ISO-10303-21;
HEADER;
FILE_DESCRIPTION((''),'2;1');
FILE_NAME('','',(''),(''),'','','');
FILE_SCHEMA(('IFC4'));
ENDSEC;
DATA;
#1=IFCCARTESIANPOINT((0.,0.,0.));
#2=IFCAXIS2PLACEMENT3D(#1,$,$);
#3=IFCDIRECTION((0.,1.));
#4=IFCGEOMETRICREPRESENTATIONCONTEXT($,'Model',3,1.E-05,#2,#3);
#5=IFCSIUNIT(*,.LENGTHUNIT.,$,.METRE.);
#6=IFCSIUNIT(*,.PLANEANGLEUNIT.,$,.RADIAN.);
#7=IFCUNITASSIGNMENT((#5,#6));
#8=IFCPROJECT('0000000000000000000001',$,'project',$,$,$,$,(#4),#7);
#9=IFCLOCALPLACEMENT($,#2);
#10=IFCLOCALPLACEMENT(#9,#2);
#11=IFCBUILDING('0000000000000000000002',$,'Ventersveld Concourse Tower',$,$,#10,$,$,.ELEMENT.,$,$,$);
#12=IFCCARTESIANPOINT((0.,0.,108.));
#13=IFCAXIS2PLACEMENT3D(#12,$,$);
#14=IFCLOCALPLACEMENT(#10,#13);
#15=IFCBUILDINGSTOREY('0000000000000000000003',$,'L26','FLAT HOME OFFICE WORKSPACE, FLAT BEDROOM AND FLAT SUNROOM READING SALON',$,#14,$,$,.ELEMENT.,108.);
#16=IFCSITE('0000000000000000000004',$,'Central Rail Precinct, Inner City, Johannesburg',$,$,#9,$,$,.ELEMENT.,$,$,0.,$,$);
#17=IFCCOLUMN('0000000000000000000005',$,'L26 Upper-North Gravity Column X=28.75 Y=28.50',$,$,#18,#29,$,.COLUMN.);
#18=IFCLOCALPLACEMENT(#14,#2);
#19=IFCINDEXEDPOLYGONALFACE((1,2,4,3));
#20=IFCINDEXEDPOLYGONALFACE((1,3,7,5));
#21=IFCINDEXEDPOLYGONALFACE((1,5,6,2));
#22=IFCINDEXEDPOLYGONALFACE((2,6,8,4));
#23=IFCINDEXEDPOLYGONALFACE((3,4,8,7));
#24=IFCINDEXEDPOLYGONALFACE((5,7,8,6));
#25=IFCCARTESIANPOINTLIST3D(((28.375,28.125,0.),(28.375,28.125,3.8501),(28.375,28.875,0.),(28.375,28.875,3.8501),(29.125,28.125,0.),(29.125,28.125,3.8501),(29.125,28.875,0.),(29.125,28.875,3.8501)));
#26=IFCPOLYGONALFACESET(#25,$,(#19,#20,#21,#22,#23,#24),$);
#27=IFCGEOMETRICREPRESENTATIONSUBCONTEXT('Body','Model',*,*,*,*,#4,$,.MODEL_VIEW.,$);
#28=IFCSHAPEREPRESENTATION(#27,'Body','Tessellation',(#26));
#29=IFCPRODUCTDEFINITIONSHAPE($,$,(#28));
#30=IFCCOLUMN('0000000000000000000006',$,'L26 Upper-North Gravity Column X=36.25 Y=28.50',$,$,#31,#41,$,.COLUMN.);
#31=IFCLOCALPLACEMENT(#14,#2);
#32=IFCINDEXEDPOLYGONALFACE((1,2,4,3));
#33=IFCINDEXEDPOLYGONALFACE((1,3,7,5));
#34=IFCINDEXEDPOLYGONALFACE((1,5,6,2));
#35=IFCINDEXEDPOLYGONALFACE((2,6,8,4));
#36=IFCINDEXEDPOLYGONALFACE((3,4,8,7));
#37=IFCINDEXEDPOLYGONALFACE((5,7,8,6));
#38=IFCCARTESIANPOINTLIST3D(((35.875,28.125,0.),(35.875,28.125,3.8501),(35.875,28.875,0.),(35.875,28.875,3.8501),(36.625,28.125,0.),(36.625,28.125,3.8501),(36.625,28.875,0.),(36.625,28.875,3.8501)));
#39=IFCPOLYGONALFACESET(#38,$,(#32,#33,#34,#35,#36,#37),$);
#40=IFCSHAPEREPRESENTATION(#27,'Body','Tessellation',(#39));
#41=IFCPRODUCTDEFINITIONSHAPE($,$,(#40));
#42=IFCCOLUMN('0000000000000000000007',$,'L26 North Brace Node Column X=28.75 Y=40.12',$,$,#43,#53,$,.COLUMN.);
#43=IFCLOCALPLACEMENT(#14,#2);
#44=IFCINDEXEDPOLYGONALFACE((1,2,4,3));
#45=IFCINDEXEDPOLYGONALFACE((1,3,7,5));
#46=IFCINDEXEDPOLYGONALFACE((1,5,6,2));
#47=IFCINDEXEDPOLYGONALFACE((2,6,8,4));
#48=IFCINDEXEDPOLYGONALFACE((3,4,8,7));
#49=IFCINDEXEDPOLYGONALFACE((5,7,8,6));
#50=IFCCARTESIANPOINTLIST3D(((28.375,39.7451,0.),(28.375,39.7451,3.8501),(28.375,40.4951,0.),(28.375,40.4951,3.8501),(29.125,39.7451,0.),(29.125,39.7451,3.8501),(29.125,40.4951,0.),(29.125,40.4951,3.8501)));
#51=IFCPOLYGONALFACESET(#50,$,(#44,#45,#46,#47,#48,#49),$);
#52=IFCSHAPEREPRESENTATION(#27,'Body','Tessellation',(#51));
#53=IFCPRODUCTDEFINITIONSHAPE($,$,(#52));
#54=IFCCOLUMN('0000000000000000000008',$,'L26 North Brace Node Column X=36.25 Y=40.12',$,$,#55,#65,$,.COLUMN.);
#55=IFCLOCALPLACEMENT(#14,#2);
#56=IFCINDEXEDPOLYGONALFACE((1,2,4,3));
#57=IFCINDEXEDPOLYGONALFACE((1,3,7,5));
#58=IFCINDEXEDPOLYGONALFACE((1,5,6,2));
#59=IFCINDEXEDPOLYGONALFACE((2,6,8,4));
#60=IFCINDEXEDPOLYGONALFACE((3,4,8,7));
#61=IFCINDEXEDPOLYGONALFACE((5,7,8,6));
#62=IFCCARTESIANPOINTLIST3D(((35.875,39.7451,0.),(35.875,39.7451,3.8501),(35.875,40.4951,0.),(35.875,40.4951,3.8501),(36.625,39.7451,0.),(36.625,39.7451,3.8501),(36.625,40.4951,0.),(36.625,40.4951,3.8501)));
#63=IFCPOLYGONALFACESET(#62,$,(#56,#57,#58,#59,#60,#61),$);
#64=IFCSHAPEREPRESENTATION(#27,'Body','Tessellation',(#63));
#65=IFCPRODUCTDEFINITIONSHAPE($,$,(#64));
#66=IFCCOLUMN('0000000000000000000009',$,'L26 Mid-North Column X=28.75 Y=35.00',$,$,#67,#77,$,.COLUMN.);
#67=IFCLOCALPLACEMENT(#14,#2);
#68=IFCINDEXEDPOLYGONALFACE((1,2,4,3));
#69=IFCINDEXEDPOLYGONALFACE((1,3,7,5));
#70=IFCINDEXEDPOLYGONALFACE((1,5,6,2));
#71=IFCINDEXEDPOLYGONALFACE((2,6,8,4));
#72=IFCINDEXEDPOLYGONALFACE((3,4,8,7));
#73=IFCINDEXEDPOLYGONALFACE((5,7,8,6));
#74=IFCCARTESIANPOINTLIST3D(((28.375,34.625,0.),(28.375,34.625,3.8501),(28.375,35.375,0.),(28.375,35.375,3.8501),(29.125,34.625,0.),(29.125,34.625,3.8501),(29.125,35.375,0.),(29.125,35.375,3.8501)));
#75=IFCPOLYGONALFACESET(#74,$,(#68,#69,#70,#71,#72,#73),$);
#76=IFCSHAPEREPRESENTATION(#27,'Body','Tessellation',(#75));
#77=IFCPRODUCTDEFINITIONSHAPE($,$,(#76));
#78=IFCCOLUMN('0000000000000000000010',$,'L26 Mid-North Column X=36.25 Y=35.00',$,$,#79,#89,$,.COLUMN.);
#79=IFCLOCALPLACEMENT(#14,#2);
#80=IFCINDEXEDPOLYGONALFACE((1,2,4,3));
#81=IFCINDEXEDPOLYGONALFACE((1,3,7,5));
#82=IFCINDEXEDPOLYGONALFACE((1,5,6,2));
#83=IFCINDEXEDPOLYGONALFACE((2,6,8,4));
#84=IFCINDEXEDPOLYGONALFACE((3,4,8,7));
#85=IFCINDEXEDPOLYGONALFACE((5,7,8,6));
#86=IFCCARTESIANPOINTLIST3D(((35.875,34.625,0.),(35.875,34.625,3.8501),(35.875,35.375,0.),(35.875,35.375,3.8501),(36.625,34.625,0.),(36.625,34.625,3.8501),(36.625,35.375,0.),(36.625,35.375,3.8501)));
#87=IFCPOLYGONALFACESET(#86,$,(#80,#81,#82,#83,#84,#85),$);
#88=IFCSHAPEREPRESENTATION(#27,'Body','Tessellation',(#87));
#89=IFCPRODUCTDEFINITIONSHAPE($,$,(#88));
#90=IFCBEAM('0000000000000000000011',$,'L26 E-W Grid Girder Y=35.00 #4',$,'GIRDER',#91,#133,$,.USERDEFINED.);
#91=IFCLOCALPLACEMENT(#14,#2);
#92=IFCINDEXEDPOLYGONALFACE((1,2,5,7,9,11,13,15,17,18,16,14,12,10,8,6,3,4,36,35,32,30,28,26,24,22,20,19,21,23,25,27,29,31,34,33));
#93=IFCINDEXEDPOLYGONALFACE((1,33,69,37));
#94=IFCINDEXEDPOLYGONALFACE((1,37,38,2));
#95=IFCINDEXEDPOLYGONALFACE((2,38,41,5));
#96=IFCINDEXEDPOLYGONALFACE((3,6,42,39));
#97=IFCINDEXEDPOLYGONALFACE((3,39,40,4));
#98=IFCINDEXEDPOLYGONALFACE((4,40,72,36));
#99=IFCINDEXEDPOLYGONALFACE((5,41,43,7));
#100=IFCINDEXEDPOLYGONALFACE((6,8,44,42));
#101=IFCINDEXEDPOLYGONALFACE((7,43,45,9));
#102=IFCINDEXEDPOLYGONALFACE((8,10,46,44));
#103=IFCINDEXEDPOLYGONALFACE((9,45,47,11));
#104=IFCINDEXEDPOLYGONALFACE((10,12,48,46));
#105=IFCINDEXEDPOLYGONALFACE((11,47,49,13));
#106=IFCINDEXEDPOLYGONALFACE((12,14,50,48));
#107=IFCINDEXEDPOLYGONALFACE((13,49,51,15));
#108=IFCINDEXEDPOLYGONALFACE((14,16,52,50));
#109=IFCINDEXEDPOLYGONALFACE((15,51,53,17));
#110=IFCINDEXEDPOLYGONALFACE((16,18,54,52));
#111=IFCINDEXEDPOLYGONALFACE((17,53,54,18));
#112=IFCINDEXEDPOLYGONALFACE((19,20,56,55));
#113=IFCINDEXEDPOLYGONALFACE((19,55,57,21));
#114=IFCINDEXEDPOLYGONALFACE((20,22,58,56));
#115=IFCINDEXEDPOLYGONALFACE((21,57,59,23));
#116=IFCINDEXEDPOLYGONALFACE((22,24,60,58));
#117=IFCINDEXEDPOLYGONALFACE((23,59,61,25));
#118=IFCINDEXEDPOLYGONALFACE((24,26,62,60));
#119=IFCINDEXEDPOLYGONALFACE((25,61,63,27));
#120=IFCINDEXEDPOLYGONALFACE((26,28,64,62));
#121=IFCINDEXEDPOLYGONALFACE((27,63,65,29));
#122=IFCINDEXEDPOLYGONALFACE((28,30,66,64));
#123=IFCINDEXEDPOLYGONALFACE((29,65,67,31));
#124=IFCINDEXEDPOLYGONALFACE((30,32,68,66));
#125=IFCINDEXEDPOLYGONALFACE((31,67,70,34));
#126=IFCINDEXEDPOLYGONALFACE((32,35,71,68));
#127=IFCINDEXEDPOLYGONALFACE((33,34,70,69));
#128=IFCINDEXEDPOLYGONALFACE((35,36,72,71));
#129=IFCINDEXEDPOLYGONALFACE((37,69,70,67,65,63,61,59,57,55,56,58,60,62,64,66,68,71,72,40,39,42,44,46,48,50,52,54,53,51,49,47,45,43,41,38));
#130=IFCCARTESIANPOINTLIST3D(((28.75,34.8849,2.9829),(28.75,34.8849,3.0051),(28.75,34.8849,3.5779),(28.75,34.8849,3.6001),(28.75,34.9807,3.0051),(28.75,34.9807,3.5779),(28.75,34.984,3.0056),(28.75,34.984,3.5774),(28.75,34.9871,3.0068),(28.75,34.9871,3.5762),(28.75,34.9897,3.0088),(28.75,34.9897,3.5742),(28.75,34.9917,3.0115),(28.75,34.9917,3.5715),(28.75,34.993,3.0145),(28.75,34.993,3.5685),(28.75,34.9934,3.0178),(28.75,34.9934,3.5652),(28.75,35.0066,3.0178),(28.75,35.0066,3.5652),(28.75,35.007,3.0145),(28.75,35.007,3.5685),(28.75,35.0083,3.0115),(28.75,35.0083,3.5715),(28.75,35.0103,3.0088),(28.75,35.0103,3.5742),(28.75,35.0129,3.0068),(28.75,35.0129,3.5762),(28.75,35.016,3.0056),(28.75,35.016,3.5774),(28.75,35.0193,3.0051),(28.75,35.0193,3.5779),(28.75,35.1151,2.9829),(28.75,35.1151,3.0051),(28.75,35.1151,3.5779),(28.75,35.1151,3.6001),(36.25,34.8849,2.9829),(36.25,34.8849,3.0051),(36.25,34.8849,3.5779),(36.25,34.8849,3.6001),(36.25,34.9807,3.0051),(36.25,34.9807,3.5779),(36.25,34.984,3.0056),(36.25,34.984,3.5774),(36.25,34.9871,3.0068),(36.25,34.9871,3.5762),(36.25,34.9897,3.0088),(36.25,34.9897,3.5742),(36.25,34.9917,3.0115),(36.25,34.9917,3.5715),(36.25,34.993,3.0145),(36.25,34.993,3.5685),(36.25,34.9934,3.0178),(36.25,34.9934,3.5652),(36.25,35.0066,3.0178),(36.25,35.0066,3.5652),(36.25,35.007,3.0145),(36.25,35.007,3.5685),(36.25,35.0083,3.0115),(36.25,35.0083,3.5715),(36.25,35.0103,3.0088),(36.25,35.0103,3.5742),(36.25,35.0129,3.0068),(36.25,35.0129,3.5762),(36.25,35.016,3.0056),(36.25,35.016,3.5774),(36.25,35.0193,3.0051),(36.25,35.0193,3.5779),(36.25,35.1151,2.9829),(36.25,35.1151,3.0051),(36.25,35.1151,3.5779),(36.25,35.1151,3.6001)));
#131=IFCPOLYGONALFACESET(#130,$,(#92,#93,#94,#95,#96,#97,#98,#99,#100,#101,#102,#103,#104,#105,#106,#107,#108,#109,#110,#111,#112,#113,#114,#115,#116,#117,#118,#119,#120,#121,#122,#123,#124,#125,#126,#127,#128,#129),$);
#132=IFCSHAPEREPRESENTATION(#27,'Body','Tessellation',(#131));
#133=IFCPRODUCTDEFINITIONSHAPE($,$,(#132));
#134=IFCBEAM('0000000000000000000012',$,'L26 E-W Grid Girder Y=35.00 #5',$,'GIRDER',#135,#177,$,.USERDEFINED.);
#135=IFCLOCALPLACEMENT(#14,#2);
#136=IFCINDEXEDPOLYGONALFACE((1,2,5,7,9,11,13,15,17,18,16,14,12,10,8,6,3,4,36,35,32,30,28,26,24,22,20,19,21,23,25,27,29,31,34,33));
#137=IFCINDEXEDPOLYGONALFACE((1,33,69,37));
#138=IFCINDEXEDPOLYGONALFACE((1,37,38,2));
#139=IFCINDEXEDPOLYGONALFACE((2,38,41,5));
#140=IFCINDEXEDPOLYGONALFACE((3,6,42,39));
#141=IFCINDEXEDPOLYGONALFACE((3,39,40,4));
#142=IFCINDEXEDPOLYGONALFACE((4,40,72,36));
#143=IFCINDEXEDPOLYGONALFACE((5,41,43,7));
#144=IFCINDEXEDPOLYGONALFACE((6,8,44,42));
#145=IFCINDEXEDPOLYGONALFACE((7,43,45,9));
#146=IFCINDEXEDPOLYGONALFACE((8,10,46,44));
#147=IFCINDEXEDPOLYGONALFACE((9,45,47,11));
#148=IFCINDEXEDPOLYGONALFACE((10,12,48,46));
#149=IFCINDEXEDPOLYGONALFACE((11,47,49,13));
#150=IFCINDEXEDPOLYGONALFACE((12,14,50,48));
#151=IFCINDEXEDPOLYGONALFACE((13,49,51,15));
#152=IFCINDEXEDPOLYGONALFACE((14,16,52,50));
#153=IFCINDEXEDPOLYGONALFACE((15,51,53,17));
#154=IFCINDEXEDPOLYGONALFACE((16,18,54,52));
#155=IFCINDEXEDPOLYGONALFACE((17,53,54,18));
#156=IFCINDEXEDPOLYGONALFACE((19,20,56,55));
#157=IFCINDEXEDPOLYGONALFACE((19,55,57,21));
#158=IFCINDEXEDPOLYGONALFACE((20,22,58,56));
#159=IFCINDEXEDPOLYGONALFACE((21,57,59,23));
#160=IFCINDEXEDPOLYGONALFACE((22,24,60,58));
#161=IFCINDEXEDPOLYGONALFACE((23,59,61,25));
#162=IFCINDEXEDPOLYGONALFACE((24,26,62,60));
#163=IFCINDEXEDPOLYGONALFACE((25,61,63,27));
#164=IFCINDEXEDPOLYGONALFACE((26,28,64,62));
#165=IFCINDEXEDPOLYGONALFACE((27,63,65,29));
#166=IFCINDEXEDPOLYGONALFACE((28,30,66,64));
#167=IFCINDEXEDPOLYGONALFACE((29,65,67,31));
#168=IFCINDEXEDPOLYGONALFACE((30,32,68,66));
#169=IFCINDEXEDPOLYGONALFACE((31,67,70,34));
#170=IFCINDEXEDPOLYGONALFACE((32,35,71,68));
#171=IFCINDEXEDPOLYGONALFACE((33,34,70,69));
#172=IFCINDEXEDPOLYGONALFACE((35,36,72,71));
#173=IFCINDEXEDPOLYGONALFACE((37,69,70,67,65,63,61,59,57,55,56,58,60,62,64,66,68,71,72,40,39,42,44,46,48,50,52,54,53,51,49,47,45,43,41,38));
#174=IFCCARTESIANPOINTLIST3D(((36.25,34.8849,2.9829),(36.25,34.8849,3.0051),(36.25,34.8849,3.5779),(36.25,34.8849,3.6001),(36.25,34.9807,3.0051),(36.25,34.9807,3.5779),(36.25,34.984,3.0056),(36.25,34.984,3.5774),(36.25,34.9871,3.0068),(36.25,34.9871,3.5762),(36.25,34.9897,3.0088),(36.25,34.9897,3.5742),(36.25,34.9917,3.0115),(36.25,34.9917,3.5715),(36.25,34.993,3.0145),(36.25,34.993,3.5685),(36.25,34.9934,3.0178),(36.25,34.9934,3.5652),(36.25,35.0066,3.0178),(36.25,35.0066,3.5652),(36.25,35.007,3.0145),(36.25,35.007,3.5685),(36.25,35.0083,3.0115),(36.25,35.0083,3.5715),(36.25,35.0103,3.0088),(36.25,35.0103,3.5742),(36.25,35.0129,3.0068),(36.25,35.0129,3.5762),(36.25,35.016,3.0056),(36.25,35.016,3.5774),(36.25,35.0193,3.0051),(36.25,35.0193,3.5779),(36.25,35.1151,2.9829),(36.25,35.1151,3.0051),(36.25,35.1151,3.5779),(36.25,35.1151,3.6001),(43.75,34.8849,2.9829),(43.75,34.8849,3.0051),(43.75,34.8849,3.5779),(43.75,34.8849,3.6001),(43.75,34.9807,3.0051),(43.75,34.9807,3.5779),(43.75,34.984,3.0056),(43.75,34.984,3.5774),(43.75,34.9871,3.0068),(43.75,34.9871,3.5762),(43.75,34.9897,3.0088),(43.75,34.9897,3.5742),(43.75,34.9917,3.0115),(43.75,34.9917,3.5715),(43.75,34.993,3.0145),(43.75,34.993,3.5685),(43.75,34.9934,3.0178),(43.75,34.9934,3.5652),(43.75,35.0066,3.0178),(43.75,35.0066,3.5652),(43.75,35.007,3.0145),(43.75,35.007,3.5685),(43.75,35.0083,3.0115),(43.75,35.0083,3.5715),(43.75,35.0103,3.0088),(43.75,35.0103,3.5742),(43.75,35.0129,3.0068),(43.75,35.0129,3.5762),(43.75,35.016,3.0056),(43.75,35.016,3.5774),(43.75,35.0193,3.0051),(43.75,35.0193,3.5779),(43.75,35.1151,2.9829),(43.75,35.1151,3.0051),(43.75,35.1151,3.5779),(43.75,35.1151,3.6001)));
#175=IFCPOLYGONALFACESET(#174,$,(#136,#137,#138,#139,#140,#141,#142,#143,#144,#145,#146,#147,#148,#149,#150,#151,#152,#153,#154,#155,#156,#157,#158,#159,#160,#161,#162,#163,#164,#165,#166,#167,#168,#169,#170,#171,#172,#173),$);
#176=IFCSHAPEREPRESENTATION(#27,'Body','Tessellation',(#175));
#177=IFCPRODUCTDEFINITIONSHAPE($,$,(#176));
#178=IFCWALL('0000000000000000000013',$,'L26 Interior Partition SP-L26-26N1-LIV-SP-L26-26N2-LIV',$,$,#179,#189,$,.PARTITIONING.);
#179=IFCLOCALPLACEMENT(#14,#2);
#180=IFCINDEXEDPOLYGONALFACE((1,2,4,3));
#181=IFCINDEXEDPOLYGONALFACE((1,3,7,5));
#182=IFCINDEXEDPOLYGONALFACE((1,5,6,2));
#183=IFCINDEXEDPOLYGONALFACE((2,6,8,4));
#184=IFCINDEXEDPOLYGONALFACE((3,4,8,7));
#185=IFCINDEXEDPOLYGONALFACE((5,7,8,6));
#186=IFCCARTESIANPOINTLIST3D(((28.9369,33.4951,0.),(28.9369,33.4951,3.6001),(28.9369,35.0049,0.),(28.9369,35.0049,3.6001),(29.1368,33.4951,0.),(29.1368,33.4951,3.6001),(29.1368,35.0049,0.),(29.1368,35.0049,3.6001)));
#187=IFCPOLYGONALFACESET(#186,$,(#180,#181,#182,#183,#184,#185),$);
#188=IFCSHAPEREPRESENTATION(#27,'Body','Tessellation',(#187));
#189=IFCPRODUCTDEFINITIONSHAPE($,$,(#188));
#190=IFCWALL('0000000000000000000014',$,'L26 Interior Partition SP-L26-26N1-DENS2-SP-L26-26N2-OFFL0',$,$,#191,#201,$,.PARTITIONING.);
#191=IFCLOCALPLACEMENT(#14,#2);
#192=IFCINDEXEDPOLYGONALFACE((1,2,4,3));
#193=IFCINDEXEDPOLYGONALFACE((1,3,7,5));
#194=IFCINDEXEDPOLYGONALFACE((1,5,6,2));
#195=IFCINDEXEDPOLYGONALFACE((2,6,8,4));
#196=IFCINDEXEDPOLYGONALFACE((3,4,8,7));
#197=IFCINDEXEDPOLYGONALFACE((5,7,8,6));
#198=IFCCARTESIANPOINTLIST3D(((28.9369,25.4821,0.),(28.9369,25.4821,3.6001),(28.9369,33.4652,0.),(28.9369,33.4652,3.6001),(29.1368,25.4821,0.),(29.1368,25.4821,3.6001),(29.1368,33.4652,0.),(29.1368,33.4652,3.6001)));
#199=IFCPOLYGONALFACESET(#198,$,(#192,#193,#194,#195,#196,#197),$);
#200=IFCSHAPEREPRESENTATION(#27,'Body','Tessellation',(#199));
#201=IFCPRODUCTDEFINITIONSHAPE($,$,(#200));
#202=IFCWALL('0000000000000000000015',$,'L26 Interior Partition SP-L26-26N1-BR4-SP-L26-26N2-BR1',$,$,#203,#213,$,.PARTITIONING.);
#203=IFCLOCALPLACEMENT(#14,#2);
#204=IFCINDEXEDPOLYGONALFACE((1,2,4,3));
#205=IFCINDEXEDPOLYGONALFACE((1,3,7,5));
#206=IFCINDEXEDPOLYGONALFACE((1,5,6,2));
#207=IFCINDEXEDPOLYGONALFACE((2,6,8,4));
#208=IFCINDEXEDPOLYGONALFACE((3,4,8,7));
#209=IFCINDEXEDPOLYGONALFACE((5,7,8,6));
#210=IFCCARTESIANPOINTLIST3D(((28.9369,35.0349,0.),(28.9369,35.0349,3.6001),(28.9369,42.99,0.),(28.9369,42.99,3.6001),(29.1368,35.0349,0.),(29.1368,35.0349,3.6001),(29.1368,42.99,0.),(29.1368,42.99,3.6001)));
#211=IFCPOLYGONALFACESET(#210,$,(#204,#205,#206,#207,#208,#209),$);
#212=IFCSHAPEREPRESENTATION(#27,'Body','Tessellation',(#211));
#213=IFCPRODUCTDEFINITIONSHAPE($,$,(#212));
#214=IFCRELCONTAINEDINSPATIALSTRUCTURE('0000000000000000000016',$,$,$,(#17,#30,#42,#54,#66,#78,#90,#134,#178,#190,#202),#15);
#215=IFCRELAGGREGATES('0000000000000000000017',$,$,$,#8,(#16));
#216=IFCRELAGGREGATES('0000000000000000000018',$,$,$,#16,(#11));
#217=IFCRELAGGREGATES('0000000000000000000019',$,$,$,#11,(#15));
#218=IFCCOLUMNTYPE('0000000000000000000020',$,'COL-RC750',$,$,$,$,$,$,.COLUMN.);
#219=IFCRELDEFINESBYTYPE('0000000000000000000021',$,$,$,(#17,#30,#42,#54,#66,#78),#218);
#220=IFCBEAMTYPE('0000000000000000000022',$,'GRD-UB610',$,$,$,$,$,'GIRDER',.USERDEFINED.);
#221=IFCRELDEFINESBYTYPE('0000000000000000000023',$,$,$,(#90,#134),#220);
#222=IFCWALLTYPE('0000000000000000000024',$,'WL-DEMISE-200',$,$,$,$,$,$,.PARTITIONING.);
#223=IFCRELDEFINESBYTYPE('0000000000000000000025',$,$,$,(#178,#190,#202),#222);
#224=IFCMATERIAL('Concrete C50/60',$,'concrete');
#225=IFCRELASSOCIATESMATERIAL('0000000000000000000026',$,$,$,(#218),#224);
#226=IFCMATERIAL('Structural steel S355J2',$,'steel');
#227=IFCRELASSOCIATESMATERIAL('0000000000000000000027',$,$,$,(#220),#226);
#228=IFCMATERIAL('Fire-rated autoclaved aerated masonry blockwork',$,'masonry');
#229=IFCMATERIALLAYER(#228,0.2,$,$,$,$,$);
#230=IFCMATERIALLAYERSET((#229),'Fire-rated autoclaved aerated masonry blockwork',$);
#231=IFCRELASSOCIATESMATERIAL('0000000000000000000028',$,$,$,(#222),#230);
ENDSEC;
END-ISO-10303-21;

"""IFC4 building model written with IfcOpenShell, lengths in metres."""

from ifc_helpers import new_model, si_unit, direction, frame, frame_2d, origin, origin_2d, place, context, subcontext, project, spatial, rectangle, i_section, extrude, material, layer, layer_set, material_profile, profile_set, type_object, element, save


model = new_model("IFC4")

# Units and contexts
model_context = context("Model", 3, precision=1e-05, world=origin(), true_north=direction((0.0, 1.0)))
body_context = subcontext(model_context, "Body", "Model", "MODEL_VIEW")
ifc_project = project(units=[si_unit("LENGTHUNIT", "METRE"), si_unit("PLANEANGLEUNIT", "RADIAN")], contexts=[model_context])

# Site, building, storey
site_placement = place(None, origin())
site = spatial("IfcSite", under=ifc_project, at=site_placement, Name="Central Rail Precinct, Inner City, Johannesburg", CompositionType="ELEMENT", RefElevation=0.0)
building_placement = place(site_placement, origin())
building = spatial("IfcBuilding", under=site, at=building_placement, Name="Ventersveld Concourse Tower", CompositionType="ELEMENT")
storey_placement = place(building_placement, frame((0.0, 0.0, 108.0)))
storey = spatial("IfcBuildingStorey", under=building, at=storey_placement, Name="L26", Description="FLAT HOME OFFICE WORKSPACE, FLAT BEDROOM AND FLAT SUNROOM READING SALON", CompositionType="ELEMENT", Elevation=108.0)

# Columns
ifc_material_1 = material(Name="Concrete C50/60", Category="concrete")
ifc_material_profile_1 = material_profile(ifc_material_1, rectangle(XDim=0.75, YDim=0.75, at=origin_2d()), Name="RC 750x750")
ifc_profile_set_1 = profile_set([ifc_material_profile_1], Name="Concrete C50/60")
column_type = type_object("IfcColumnType", Name="COL-RC750", PredefinedType="COLUMN", material=ifc_profile_set_1)
for number, where, z_axis, x_axis, name in (
    (1, (28.75, 28.5, 0.0), (0.0, 0.0, 1.0), (1.0, 0.0, 0.0), "L26 Upper-North Gravity Column X=28.75 Y=28.50"),
    (2, (36.25, 28.5, 0.0), (0.0, 0.0, 1.0), (1.0, 0.0, 0.0), "L26 Upper-North Gravity Column X=36.25 Y=28.50"),
    (3, (28.75, 40.1201, 0.0), (0.0, 0.0, 1.0), (1.0, 0.0, 0.0), "L26 North Brace Node Column X=28.75 Y=40.12"),
    (4, (36.25, 40.1201, 0.0), (0.0, 0.0, 1.0), (1.0, 0.0, 0.0), "L26 North Brace Node Column X=36.25 Y=40.12"),
    (5, (28.75, 35.0, 0.0), (0.0, 0.0, 1.0), (1.0, 0.0, 0.0), "L26 Mid-North Column X=28.75 Y=35.00"),
    (6, (36.25, 35.0, 0.0), (0.0, 0.0, 1.0), (1.0, 0.0, 0.0), "L26 Mid-North Column X=36.25 Y=35.00"),
):
    element("IfcColumn", number, at=place(storey_placement, frame(where, z_axis=z_axis, x_axis=x_axis)), inside=storey, type_object=column_type, Name=name, PredefinedType="COLUMN", context=body_context, shape_type="SweptSolid", body=[
        extrude(rectangle(XDim=0.75, YDim=0.75, at=origin_2d()), origin(), (0.0, 0.0, 1.0), 3.8501),
    ])

# Beams
ifc_material_2 = material(Name="Structural steel S355J2", Category="steel")
ifc_material_profile_2 = material_profile(ifc_material_2, i_section(OverallWidth=0.2302, OverallDepth=0.6172, WebThickness=0.0132, FlangeThickness=0.0222, FilletRadius=0.0127, at=origin_2d()), Name="UB 610x229x140")
ifc_profile_set_2 = profile_set([ifc_material_profile_2], Name="Structural steel S355J2")
beam_type = type_object("IfcBeamType", Name="GRD-UB610", ElementType="GIRDER", PredefinedType="USERDEFINED", material=ifc_profile_set_2)
for number, where, z_axis, x_axis, name in (
    (7, (28.75, 35.0, 3.2915), (1.0, 0.0, 0.0), (0.0, 1.0, 0.0), "L26 E-W Grid Girder Y=35.00 #4"),
    (8, (36.25, 35.0, 3.2915), (1.0, 0.0, 0.0), (0.0, 1.0, 0.0), "L26 E-W Grid Girder Y=35.00 #5"),
):
    element("IfcBeam", number, at=place(storey_placement, frame(where, z_axis=z_axis, x_axis=x_axis)), inside=storey, type_object=beam_type, Name=name, ObjectType="GIRDER", PredefinedType="USERDEFINED", context=body_context, shape_type="SweptSolid", body=[
        extrude(i_section(OverallWidth=0.2302, OverallDepth=0.6172, WebThickness=0.0132, FlangeThickness=0.0222, FilletRadius=0.0127, at=origin_2d()), origin(), (0.0, 0.0, 1.0), 7.5),
    ])

# Walls
ifc_material_3 = material(Name="Fire-rated autoclaved aerated masonry blockwork", Category="masonry")
ifc_layer_1 = layer(ifc_material_3, 0.2)
ifc_layer_set_1 = layer_set([ifc_layer_1], Name="Fire-rated autoclaved aerated masonry blockwork")
wall_type_1 = type_object("IfcWallType", Name="WL-DEMISE-200", PredefinedType="PARTITIONING", material=ifc_layer_set_1)
wall_1_placement = place(storey_placement, frame((29.0369, 33.4951, 0.0), z_axis=(0.0, 0.0, 1.0), x_axis=(0.0, 1.0, 0.0)))
element("IfcWall", 9, at=wall_1_placement, inside=storey, type_object=wall_type_1, Name="L26 Interior Partition SP-L26-26N1-LIV-SP-L26-26N2-LIV", PredefinedType="PARTITIONING", context=body_context, shape_type="SweptSolid", body=[
    extrude(rectangle(XDim=1.5098, YDim=0.2, at=frame_2d((0.7549, 0.0))), origin(), (0.0, 0.0, 1.0), 3.6001),
])
wall_2_placement = place(storey_placement, frame((29.0369, 25.4819, 0.0), z_axis=(0.0, 0.0, 1.0), x_axis=(0.0, 1.0, 0.0)))
element("IfcWall", 10, at=wall_2_placement, inside=storey, type_object=wall_type_1, Name="L26 Interior Partition SP-L26-26N1-DENS2-SP-L26-26N2-OFFL0", PredefinedType="PARTITIONING", context=body_context, shape_type="SweptSolid", body=[
    extrude(rectangle(XDim=7.9832, YDim=0.2, at=frame_2d((3.9917, 0.0))), origin(), (0.0, 0.0, 1.0), 3.6001),
])
wall_3_placement = place(storey_placement, frame((29.0369, 35.0349, 0.0), z_axis=(0.0, 0.0, 1.0), x_axis=(0.0, 1.0, 0.0)))
element("IfcWall", 11, at=wall_3_placement, inside=storey, type_object=wall_type_1, Name="L26 Interior Partition SP-L26-26N1-BR4-SP-L26-26N2-BR1", PredefinedType="PARTITIONING", context=body_context, shape_type="SweptSolid", body=[
    extrude(rectangle(XDim=7.9551, YDim=0.2, at=frame_2d((3.9775, 0.0))), origin(), (0.0, 0.0, 1.0), 3.6001),
])

save(model, "model.ifc")
